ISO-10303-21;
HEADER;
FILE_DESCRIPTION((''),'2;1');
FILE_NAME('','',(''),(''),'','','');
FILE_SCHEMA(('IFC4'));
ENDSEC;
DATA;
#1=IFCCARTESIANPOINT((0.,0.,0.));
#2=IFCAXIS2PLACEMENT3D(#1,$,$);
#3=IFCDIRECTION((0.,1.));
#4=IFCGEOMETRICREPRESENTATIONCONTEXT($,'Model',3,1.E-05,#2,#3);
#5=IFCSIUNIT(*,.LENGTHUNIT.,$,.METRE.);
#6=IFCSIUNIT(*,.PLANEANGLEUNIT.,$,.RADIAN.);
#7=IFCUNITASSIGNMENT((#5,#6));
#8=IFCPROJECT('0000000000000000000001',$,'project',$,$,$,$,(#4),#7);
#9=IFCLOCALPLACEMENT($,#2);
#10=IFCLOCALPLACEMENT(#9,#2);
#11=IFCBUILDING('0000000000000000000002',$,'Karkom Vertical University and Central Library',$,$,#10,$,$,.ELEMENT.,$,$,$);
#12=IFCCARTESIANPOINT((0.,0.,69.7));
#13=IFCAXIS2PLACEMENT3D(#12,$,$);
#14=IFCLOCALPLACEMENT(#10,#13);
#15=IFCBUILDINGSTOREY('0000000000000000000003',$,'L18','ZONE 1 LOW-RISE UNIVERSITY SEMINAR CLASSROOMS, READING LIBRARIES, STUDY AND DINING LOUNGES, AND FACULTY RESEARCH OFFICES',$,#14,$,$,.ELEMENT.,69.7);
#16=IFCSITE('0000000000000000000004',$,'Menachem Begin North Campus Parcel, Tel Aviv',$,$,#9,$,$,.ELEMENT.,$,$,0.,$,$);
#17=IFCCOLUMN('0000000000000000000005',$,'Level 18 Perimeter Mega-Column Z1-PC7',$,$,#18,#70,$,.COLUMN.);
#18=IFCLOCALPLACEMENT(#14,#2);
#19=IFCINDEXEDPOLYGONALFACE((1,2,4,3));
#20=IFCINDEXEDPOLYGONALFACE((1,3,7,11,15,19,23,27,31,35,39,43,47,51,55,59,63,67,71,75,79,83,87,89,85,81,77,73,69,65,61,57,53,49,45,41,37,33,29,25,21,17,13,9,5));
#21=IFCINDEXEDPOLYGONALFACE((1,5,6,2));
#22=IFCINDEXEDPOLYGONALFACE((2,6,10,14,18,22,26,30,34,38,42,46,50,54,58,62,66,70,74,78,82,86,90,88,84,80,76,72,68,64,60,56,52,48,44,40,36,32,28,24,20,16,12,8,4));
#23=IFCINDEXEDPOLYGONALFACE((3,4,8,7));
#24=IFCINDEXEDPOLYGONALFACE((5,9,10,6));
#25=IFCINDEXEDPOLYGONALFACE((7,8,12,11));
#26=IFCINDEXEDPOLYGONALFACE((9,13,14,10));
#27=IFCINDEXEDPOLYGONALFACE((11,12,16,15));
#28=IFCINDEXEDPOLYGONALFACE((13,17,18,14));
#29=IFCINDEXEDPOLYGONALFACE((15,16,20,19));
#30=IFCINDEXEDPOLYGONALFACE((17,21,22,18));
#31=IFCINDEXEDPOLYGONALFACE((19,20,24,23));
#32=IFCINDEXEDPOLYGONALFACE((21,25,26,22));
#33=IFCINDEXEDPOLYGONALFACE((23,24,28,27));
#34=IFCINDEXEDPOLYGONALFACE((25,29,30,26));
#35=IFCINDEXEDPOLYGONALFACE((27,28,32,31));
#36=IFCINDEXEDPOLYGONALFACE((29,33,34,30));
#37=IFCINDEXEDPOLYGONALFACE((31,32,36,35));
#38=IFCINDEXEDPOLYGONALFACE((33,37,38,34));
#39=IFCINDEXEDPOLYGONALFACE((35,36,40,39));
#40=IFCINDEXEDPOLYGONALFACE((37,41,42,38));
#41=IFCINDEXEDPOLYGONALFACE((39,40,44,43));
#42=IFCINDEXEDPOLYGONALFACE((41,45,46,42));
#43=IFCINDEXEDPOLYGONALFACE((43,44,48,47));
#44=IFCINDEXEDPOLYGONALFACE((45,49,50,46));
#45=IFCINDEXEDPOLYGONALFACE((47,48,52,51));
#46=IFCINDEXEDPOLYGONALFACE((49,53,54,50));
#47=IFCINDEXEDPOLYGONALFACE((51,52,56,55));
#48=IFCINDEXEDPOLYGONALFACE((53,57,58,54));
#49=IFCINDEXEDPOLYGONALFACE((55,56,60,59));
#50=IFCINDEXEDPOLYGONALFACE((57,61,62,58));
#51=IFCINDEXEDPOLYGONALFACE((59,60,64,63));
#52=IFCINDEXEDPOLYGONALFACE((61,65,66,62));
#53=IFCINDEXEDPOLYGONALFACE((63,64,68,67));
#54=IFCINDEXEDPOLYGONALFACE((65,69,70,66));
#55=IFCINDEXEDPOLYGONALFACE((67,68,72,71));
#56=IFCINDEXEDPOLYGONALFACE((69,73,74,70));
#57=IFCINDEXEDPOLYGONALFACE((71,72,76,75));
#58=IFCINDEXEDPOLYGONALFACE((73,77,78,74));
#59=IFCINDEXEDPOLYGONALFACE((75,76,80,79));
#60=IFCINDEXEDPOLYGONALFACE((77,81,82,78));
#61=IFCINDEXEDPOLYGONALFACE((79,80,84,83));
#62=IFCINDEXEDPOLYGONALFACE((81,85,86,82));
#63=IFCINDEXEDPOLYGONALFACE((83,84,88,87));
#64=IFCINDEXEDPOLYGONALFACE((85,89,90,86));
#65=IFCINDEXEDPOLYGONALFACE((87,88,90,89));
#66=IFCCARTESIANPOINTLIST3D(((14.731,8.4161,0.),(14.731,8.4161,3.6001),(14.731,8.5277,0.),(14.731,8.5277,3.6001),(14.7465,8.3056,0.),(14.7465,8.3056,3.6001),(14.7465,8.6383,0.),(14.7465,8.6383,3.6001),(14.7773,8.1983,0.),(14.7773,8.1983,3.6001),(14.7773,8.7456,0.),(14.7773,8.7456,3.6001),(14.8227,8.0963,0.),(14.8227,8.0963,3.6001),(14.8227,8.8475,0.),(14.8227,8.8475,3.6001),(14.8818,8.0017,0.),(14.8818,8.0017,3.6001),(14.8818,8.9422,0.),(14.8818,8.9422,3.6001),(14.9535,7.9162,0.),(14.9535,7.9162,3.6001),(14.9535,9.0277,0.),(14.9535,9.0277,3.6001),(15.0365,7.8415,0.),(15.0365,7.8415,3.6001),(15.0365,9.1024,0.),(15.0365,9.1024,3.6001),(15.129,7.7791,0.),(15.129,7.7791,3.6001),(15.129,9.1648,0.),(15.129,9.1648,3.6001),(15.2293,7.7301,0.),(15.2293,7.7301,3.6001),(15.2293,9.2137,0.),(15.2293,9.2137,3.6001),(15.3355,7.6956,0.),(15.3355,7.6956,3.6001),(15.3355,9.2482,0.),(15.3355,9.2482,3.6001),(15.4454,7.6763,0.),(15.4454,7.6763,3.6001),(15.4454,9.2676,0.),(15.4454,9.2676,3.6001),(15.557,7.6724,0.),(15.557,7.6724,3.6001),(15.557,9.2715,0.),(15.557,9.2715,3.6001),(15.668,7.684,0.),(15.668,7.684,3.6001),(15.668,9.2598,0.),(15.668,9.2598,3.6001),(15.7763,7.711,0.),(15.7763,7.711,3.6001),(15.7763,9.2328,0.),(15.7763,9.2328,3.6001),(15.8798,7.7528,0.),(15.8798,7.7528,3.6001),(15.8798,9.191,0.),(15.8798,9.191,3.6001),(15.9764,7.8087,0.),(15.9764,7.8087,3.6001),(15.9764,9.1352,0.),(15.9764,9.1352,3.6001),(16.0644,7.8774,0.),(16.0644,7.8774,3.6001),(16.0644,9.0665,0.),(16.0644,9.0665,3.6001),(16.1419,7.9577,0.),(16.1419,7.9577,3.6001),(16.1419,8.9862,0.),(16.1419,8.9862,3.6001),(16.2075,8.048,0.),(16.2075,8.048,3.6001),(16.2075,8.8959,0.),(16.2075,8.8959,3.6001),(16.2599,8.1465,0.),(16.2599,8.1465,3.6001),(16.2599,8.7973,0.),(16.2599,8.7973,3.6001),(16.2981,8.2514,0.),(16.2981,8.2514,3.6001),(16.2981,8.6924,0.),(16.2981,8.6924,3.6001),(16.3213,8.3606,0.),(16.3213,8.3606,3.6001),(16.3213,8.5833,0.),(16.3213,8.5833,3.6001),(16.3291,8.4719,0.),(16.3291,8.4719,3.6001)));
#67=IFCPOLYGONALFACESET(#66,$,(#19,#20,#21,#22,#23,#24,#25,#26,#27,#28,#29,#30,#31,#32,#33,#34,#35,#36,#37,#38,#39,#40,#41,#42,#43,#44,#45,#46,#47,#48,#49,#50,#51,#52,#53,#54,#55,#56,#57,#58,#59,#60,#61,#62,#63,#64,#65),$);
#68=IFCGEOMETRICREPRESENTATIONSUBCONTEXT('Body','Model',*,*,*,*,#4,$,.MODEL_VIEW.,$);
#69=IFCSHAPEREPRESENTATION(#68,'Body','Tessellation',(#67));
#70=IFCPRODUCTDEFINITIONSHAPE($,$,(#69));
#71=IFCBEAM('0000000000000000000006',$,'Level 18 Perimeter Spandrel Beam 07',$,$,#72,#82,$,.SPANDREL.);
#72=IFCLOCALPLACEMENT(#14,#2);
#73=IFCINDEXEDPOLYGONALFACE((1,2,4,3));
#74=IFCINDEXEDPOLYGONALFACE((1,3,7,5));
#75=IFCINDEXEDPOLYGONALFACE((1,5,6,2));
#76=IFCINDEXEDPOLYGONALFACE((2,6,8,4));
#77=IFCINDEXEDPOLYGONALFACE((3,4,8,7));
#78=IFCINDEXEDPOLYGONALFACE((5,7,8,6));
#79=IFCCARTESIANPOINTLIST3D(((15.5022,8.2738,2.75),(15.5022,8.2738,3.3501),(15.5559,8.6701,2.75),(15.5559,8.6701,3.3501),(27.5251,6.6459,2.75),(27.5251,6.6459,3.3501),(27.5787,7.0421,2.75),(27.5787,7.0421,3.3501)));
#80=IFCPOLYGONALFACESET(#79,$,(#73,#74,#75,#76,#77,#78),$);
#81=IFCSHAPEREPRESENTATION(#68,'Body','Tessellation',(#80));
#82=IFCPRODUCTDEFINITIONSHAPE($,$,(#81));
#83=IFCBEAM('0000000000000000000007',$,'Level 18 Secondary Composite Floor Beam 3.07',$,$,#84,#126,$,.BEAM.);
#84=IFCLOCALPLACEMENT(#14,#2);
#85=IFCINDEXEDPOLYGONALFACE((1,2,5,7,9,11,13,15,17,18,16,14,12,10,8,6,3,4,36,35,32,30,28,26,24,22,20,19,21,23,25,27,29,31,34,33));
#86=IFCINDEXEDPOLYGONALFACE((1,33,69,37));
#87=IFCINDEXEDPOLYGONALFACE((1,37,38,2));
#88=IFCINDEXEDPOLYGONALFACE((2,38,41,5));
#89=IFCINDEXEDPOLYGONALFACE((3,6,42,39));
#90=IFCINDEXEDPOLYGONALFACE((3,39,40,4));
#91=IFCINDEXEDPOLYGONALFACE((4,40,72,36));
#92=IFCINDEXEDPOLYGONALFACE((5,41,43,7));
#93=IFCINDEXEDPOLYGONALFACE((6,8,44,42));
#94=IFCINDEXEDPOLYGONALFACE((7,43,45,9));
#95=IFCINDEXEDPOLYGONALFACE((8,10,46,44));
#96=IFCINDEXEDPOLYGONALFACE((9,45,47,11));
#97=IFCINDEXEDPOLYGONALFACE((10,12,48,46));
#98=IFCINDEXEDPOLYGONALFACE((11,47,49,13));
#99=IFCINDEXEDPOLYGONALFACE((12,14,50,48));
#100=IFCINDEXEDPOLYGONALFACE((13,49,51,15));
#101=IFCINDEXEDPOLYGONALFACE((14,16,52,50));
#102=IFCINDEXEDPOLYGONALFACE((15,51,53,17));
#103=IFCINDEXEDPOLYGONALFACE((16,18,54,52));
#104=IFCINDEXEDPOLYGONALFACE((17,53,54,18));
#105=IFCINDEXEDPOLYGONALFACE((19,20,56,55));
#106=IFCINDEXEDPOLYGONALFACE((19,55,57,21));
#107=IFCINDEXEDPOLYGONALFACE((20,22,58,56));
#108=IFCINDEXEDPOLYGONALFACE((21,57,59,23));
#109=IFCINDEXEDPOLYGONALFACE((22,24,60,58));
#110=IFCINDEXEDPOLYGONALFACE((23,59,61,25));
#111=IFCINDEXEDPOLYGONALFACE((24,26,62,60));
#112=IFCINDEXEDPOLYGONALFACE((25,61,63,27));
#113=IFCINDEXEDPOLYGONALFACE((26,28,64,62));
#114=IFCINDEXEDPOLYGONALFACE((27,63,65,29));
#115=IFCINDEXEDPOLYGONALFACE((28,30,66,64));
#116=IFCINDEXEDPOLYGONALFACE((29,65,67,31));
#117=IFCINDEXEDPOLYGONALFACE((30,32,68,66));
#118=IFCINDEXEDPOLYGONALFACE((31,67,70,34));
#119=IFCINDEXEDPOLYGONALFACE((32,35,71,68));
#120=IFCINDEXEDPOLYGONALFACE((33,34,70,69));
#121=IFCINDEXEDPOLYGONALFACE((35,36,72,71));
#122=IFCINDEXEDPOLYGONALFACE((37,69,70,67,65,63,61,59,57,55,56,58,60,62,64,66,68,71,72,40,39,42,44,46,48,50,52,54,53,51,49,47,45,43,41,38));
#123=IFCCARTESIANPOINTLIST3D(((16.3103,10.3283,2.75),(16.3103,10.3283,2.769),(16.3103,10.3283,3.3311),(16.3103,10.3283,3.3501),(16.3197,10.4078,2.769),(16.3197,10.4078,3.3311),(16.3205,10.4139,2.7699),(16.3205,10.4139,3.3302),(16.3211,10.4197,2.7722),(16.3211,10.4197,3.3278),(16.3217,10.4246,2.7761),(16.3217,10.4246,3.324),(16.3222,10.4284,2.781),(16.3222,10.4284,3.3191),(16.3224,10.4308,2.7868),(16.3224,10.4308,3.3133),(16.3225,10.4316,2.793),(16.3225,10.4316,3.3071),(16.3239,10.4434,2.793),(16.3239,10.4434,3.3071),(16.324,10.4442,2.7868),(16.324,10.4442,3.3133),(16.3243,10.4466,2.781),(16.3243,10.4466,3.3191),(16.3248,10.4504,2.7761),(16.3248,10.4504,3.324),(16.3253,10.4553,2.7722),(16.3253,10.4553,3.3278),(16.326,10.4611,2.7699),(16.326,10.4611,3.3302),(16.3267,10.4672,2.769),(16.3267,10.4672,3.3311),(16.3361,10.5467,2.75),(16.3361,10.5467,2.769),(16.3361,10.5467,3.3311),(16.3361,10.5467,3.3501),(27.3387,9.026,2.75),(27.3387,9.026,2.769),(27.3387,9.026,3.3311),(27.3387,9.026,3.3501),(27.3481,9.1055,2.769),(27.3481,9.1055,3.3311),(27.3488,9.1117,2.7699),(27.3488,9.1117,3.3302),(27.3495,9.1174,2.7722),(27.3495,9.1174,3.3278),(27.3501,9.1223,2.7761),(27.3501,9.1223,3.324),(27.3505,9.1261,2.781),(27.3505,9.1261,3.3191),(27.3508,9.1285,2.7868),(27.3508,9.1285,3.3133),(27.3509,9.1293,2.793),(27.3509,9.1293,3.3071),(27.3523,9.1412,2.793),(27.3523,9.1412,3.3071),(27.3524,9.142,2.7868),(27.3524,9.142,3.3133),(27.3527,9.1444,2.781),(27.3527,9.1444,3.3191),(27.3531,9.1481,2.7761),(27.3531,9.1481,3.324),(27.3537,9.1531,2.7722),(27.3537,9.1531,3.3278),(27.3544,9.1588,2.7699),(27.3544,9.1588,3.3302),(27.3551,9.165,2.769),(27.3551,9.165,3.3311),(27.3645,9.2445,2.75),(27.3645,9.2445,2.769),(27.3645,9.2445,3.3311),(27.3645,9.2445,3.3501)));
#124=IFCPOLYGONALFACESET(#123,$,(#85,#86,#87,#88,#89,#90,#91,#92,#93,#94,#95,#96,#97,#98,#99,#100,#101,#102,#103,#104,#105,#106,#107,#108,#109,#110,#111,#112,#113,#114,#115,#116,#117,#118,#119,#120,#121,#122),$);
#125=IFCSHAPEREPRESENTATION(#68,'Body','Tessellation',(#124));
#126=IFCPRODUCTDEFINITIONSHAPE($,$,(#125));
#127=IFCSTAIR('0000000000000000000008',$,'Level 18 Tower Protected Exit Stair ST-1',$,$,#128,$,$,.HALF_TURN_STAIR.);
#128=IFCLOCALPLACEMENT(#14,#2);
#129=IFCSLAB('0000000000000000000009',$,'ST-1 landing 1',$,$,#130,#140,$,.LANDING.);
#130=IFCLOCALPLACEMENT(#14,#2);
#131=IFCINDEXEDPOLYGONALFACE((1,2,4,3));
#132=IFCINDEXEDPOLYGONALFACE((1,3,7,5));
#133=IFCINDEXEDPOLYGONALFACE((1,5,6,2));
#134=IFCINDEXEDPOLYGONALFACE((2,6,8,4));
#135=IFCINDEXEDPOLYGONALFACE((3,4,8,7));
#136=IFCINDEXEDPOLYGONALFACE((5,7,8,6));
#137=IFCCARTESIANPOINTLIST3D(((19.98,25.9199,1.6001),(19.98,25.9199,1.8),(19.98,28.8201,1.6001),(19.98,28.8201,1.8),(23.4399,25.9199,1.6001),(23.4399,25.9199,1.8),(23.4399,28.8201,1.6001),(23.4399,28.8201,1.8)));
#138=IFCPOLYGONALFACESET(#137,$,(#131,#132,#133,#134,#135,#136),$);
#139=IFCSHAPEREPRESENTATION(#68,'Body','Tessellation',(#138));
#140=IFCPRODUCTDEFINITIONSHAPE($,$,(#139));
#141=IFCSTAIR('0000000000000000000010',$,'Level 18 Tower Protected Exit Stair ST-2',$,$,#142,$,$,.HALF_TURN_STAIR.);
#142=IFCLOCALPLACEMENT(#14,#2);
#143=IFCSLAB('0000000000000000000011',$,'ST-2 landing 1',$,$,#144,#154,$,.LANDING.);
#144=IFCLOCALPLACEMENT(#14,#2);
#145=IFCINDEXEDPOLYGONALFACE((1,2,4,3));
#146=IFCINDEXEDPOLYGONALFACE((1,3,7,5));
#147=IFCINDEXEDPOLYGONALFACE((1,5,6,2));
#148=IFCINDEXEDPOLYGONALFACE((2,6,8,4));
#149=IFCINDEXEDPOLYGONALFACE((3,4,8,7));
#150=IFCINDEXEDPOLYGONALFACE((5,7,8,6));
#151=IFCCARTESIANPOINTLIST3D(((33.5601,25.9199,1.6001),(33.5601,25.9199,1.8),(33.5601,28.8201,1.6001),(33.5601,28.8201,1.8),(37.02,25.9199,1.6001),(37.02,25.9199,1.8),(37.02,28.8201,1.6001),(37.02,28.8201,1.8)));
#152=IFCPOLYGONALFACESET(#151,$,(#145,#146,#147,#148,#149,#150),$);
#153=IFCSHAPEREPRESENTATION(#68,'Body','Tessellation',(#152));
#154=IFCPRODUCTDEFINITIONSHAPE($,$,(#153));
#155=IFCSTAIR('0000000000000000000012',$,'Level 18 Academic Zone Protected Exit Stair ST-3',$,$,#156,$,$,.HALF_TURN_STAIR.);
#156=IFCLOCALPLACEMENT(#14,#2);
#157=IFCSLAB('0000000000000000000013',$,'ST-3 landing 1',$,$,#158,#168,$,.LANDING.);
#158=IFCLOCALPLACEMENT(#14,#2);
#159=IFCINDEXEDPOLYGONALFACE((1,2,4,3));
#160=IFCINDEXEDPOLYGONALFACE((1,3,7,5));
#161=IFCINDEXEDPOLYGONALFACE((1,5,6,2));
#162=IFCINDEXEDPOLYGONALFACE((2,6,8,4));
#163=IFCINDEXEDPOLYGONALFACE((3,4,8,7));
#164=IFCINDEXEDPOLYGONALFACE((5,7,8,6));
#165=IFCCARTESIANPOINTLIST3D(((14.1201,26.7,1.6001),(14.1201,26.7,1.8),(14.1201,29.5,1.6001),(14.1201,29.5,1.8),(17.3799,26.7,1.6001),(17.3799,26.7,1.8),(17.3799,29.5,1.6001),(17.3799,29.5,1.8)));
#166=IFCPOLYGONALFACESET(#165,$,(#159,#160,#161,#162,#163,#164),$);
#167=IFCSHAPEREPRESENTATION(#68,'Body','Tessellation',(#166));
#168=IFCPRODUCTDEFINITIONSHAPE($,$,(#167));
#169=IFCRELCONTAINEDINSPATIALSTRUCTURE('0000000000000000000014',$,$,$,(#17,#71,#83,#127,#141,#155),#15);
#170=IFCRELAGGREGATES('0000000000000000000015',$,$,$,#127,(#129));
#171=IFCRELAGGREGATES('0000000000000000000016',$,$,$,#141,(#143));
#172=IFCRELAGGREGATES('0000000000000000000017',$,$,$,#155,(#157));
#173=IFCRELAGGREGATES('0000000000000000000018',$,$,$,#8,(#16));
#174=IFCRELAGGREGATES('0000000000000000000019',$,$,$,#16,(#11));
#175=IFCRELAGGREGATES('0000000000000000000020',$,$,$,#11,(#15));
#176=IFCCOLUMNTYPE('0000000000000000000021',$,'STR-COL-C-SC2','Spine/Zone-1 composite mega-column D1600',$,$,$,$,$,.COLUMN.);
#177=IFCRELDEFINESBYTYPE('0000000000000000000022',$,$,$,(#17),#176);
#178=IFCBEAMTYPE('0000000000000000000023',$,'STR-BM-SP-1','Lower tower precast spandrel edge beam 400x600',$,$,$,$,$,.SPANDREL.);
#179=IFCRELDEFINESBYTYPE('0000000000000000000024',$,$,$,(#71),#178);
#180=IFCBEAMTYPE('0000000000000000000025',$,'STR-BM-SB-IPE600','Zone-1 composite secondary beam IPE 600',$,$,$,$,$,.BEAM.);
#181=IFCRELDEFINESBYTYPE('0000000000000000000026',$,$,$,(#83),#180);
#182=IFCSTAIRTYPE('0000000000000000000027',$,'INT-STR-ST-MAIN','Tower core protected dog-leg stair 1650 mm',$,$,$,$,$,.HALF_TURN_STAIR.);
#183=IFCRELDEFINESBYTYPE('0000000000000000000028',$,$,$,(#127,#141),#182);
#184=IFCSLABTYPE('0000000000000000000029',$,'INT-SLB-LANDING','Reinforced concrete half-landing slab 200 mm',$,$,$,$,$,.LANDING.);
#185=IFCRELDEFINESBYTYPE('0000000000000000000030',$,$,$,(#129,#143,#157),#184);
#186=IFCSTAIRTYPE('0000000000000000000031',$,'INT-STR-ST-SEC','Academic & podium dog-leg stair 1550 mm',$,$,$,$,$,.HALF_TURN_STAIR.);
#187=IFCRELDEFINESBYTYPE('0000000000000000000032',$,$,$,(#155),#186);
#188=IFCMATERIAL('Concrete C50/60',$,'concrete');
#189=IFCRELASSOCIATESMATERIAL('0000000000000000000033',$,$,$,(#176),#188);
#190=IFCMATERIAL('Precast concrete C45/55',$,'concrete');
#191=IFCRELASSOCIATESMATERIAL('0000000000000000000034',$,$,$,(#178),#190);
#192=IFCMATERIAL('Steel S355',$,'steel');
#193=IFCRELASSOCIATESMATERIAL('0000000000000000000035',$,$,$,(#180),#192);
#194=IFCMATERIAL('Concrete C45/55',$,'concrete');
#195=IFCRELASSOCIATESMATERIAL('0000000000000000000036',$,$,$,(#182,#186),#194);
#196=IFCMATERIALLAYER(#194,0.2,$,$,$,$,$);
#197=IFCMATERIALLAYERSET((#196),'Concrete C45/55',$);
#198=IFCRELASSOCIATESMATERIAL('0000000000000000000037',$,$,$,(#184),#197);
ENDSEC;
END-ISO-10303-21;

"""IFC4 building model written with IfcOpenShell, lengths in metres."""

from ifc_helpers import new_model, si_unit, direction, frame, origin, origin_with_axes, origin_2d, place, context, subcontext, project, spatial, polyline, rectangle, circle, i_section, outline, extrude, source, transform, mapped, material, layer, layer_set, material_profile, profile_set, type_object, element, aggregate, save


model = new_model("IFC4")

# Units and contexts
model_context = context("Model", 3, precision=1e-05, world=origin(), true_north=direction((0.0, 1.0)))
body_context = subcontext(model_context, "Body", "Model", "MODEL_VIEW")
ifc_project = project(units=[si_unit("LENGTHUNIT", "METRE"), si_unit("PLANEANGLEUNIT", "RADIAN")], contexts=[model_context])

# Site, building, storey
site_placement = place(None, origin())
site = spatial("IfcSite", under=ifc_project, at=site_placement, Name="Menachem Begin North Campus Parcel, Tel Aviv", CompositionType="ELEMENT", RefElevation=0.0)
building_placement = place(site_placement, origin())
building = spatial("IfcBuilding", under=site, at=building_placement, Name="Karkom Vertical University and Central Library", CompositionType="ELEMENT")
storey_placement = place(building_placement, frame((0.0, 0.0, 69.7)))
storey = spatial("IfcBuildingStorey", under=building, at=storey_placement, Name="L18", Description="ZONE 1 LOW-RISE UNIVERSITY SEMINAR CLASSROOMS, READING LIBRARIES, STUDY AND DINING LOUNGES, AND FACULTY RESEARCH OFFICES", CompositionType="ELEMENT", Elevation=69.7)

# Column
ifc_material_1 = material(Name="Concrete C50/60", Category="concrete")
ifc_material_profile_1 = material_profile(ifc_material_1, circle(Radius=0.8, at=origin_2d()), Name="CFT-D1600")
ifc_profile_set_1 = profile_set([ifc_material_profile_1], Name="Concrete C50/60")
column_type = type_object("IfcColumnType", Name="STR-COL-C-SC2", Description="Spine/Zone-1 composite mega-column D1600", PredefinedType="COLUMN", material=ifc_profile_set_1)
shared_shape_1 = source(origin_with_axes(), body_context, "Body", "SweptSolid", [
    extrude(circle(Radius=0.8, at=origin_2d()), origin(), (0.0, 0.0, 1.0), 3.6001),
])
column_placement = place(storey_placement, frame((15.5291, 8.4719, 0.0), z_axis=(0.0, 0.0, 1.0), x_axis=(1.0, 0.0, 0.0)))
element("IfcColumn", 1, at=column_placement, inside=storey, type_object=column_type, Name="Level 18 Perimeter Mega-Column Z1-PC7", PredefinedType="COLUMN", context=body_context, shape_type="MappedRepresentation", body=[
    mapped(shared_shape_1, transform((0.0, 0.0, 0.0), scale=1.0)),
])

# Beams
ifc_material_2 = material(Name="Precast concrete C45/55", Category="concrete")
ifc_material_profile_2 = material_profile(ifc_material_2, rectangle(XDim=0.3999, YDim=0.6001, at=origin_2d()), Name="SPB-400x600")
ifc_profile_set_2 = profile_set([ifc_material_profile_2], Name="Precast concrete C45/55")
beam_type_1 = type_object("IfcBeamType", Name="STR-BM-SP-1", Description="Lower tower precast spandrel edge beam 400x600", PredefinedType="SPANDREL", material=ifc_profile_set_2)
shared_shape_2 = source(origin_with_axes(), body_context, "Body", "SweptSolid", [
    extrude(rectangle(XDim=0.3999, YDim=0.6001, at=origin_2d()), origin(), (0.0, 0.0, 1.0), 12.1326),
])
beam_1_placement = place(storey_placement, frame((15.5291, 8.4719, 3.05), z_axis=(0.990957, -0.134177, 0.0), x_axis=(0.134177, 0.990957, 0.0)))
element("IfcBeam", 2, at=beam_1_placement, inside=storey, type_object=beam_type_1, Name="Level 18 Perimeter Spandrel Beam 07", PredefinedType="SPANDREL", context=body_context, shape_type="MappedRepresentation", body=[
    mapped(shared_shape_2, transform((0.0, 0.0, 0.0), scale=1.0)),
])
ifc_material_3 = material(Name="Steel S355", Category="steel")
ifc_material_profile_3 = material_profile(ifc_material_3, i_section(OverallWidth=0.22, OverallDepth=0.6001, WebThickness=0.012, FlangeThickness=0.019, FilletRadius=0.0239, at=origin_2d()), Name="IPE 600")
ifc_profile_set_3 = profile_set([ifc_material_profile_3], Name="Steel S355")
beam_type_2 = type_object("IfcBeamType", Name="STR-BM-SB-IPE600", Description="Zone-1 composite secondary beam IPE 600", PredefinedType="BEAM", material=ifc_profile_set_3)
shared_shape_3 = source(origin_with_axes(), body_context, "Body", "SweptSolid", [
    extrude(i_section(OverallWidth=0.22, OverallDepth=0.6001, WebThickness=0.012, FlangeThickness=0.019, FilletRadius=0.0239, at=origin_2d()), origin(), (0.0, 0.0, 1.0), 11.105),
])
beam_2_placement = place(storey_placement, frame((16.3232, 10.4375, 3.05), z_axis=(0.9931, -0.117267, 0.0), x_axis=(0.117267, 0.9931, 0.0)))
element("IfcBeam", 3, at=beam_2_placement, inside=storey, type_object=beam_type_2, Name="Level 18 Secondary Composite Floor Beam 3.07", PredefinedType="BEAM", context=body_context, shape_type="MappedRepresentation", body=[
    mapped(shared_shape_3, transform((0.0, 0.0, 0.0), scale=1.0)),
])

# Stairs, slabs
ifc_material_4 = material(Name="Concrete C45/55", Category="concrete")
stair_type_1 = type_object("IfcStairType", Name="INT-STR-ST-MAIN", Description="Tower core protected dog-leg stair 1650 mm", PredefinedType="HALF_TURN_STAIR", material=ifc_material_4)
stair_1_placement = place(storey_placement, origin())
stair_1 = element("IfcStair", 4, at=stair_1_placement, inside=storey, type_object=stair_type_1, Name="Level 18 Tower Protected Exit Stair ST-1", PredefinedType="HALF_TURN_STAIR")
ifc_layer_1 = layer(ifc_material_4, 0.2)
ifc_layer_set_1 = layer_set([ifc_layer_1], Name="Concrete C45/55")
slab_type_1 = type_object("IfcSlabType", Name="INT-SLB-LANDING", Description="Reinforced concrete half-landing slab 200 mm", PredefinedType="LANDING", material=ifc_layer_set_1)
slab_1_placement = place(storey_placement, frame((0.0, 0.0, 1.6001)))
slab_1 = element("IfcSlab", 5, at=slab_1_placement, type_object=slab_type_1, Name="ST-1 landing 1", PredefinedType="LANDING", context=body_context, shape_type="SweptSolid", body=[
    extrude(outline(polyline([(23.4399, 25.9199), (23.4399, 28.8201), (19.98, 28.8201), (19.98, 25.9199), (23.4399, 25.9199)])), origin(), (0.0, 0.0, 1.0), 0.2),
])
aggregate(stair_1, [slab_1])
stair_2_placement = place(storey_placement, origin())
stair_2 = element("IfcStair", 6, at=stair_2_placement, inside=storey, type_object=stair_type_1, Name="Level 18 Tower Protected Exit Stair ST-2", PredefinedType="HALF_TURN_STAIR")
slab_2_placement = place(storey_placement, frame((0.0, 0.0, 1.6001)))
slab_2 = element("IfcSlab", 7, at=slab_2_placement, type_object=slab_type_1, Name="ST-2 landing 1", PredefinedType="LANDING", context=body_context, shape_type="SweptSolid", body=[
    extrude(outline(polyline([(37.02, 25.9199), (37.02, 28.8201), (33.5601, 28.8201), (33.5601, 25.9199), (37.02, 25.9199)])), origin(), (0.0, 0.0, 1.0), 0.2),
])
aggregate(stair_2, [slab_2])
stair_type_2 = type_object("IfcStairType", Name="INT-STR-ST-SEC", Description="Academic & podium dog-leg stair 1550 mm", PredefinedType="HALF_TURN_STAIR", material=ifc_material_4)
stair_3_placement = place(storey_placement, origin())
stair_3 = element("IfcStair", 8, at=stair_3_placement, inside=storey, type_object=stair_type_2, Name="Level 18 Academic Zone Protected Exit Stair ST-3", PredefinedType="HALF_TURN_STAIR")
slab_3_placement = place(storey_placement, frame((0.0, 0.0, 1.6001)))
slab_3 = element("IfcSlab", 9, at=slab_3_placement, type_object=slab_type_1, Name="ST-3 landing 1", PredefinedType="LANDING", context=body_context, shape_type="SweptSolid", body=[
    extrude(outline(polyline([(17.3799, 26.7), (17.3799, 29.5), (14.1201, 29.5), (14.1201, 26.7), (17.3799, 26.7)])), origin(), (0.0, 0.0, 1.0), 0.2),
])
aggregate(stair_3, [slab_3])

save(model, "model.ifc")
